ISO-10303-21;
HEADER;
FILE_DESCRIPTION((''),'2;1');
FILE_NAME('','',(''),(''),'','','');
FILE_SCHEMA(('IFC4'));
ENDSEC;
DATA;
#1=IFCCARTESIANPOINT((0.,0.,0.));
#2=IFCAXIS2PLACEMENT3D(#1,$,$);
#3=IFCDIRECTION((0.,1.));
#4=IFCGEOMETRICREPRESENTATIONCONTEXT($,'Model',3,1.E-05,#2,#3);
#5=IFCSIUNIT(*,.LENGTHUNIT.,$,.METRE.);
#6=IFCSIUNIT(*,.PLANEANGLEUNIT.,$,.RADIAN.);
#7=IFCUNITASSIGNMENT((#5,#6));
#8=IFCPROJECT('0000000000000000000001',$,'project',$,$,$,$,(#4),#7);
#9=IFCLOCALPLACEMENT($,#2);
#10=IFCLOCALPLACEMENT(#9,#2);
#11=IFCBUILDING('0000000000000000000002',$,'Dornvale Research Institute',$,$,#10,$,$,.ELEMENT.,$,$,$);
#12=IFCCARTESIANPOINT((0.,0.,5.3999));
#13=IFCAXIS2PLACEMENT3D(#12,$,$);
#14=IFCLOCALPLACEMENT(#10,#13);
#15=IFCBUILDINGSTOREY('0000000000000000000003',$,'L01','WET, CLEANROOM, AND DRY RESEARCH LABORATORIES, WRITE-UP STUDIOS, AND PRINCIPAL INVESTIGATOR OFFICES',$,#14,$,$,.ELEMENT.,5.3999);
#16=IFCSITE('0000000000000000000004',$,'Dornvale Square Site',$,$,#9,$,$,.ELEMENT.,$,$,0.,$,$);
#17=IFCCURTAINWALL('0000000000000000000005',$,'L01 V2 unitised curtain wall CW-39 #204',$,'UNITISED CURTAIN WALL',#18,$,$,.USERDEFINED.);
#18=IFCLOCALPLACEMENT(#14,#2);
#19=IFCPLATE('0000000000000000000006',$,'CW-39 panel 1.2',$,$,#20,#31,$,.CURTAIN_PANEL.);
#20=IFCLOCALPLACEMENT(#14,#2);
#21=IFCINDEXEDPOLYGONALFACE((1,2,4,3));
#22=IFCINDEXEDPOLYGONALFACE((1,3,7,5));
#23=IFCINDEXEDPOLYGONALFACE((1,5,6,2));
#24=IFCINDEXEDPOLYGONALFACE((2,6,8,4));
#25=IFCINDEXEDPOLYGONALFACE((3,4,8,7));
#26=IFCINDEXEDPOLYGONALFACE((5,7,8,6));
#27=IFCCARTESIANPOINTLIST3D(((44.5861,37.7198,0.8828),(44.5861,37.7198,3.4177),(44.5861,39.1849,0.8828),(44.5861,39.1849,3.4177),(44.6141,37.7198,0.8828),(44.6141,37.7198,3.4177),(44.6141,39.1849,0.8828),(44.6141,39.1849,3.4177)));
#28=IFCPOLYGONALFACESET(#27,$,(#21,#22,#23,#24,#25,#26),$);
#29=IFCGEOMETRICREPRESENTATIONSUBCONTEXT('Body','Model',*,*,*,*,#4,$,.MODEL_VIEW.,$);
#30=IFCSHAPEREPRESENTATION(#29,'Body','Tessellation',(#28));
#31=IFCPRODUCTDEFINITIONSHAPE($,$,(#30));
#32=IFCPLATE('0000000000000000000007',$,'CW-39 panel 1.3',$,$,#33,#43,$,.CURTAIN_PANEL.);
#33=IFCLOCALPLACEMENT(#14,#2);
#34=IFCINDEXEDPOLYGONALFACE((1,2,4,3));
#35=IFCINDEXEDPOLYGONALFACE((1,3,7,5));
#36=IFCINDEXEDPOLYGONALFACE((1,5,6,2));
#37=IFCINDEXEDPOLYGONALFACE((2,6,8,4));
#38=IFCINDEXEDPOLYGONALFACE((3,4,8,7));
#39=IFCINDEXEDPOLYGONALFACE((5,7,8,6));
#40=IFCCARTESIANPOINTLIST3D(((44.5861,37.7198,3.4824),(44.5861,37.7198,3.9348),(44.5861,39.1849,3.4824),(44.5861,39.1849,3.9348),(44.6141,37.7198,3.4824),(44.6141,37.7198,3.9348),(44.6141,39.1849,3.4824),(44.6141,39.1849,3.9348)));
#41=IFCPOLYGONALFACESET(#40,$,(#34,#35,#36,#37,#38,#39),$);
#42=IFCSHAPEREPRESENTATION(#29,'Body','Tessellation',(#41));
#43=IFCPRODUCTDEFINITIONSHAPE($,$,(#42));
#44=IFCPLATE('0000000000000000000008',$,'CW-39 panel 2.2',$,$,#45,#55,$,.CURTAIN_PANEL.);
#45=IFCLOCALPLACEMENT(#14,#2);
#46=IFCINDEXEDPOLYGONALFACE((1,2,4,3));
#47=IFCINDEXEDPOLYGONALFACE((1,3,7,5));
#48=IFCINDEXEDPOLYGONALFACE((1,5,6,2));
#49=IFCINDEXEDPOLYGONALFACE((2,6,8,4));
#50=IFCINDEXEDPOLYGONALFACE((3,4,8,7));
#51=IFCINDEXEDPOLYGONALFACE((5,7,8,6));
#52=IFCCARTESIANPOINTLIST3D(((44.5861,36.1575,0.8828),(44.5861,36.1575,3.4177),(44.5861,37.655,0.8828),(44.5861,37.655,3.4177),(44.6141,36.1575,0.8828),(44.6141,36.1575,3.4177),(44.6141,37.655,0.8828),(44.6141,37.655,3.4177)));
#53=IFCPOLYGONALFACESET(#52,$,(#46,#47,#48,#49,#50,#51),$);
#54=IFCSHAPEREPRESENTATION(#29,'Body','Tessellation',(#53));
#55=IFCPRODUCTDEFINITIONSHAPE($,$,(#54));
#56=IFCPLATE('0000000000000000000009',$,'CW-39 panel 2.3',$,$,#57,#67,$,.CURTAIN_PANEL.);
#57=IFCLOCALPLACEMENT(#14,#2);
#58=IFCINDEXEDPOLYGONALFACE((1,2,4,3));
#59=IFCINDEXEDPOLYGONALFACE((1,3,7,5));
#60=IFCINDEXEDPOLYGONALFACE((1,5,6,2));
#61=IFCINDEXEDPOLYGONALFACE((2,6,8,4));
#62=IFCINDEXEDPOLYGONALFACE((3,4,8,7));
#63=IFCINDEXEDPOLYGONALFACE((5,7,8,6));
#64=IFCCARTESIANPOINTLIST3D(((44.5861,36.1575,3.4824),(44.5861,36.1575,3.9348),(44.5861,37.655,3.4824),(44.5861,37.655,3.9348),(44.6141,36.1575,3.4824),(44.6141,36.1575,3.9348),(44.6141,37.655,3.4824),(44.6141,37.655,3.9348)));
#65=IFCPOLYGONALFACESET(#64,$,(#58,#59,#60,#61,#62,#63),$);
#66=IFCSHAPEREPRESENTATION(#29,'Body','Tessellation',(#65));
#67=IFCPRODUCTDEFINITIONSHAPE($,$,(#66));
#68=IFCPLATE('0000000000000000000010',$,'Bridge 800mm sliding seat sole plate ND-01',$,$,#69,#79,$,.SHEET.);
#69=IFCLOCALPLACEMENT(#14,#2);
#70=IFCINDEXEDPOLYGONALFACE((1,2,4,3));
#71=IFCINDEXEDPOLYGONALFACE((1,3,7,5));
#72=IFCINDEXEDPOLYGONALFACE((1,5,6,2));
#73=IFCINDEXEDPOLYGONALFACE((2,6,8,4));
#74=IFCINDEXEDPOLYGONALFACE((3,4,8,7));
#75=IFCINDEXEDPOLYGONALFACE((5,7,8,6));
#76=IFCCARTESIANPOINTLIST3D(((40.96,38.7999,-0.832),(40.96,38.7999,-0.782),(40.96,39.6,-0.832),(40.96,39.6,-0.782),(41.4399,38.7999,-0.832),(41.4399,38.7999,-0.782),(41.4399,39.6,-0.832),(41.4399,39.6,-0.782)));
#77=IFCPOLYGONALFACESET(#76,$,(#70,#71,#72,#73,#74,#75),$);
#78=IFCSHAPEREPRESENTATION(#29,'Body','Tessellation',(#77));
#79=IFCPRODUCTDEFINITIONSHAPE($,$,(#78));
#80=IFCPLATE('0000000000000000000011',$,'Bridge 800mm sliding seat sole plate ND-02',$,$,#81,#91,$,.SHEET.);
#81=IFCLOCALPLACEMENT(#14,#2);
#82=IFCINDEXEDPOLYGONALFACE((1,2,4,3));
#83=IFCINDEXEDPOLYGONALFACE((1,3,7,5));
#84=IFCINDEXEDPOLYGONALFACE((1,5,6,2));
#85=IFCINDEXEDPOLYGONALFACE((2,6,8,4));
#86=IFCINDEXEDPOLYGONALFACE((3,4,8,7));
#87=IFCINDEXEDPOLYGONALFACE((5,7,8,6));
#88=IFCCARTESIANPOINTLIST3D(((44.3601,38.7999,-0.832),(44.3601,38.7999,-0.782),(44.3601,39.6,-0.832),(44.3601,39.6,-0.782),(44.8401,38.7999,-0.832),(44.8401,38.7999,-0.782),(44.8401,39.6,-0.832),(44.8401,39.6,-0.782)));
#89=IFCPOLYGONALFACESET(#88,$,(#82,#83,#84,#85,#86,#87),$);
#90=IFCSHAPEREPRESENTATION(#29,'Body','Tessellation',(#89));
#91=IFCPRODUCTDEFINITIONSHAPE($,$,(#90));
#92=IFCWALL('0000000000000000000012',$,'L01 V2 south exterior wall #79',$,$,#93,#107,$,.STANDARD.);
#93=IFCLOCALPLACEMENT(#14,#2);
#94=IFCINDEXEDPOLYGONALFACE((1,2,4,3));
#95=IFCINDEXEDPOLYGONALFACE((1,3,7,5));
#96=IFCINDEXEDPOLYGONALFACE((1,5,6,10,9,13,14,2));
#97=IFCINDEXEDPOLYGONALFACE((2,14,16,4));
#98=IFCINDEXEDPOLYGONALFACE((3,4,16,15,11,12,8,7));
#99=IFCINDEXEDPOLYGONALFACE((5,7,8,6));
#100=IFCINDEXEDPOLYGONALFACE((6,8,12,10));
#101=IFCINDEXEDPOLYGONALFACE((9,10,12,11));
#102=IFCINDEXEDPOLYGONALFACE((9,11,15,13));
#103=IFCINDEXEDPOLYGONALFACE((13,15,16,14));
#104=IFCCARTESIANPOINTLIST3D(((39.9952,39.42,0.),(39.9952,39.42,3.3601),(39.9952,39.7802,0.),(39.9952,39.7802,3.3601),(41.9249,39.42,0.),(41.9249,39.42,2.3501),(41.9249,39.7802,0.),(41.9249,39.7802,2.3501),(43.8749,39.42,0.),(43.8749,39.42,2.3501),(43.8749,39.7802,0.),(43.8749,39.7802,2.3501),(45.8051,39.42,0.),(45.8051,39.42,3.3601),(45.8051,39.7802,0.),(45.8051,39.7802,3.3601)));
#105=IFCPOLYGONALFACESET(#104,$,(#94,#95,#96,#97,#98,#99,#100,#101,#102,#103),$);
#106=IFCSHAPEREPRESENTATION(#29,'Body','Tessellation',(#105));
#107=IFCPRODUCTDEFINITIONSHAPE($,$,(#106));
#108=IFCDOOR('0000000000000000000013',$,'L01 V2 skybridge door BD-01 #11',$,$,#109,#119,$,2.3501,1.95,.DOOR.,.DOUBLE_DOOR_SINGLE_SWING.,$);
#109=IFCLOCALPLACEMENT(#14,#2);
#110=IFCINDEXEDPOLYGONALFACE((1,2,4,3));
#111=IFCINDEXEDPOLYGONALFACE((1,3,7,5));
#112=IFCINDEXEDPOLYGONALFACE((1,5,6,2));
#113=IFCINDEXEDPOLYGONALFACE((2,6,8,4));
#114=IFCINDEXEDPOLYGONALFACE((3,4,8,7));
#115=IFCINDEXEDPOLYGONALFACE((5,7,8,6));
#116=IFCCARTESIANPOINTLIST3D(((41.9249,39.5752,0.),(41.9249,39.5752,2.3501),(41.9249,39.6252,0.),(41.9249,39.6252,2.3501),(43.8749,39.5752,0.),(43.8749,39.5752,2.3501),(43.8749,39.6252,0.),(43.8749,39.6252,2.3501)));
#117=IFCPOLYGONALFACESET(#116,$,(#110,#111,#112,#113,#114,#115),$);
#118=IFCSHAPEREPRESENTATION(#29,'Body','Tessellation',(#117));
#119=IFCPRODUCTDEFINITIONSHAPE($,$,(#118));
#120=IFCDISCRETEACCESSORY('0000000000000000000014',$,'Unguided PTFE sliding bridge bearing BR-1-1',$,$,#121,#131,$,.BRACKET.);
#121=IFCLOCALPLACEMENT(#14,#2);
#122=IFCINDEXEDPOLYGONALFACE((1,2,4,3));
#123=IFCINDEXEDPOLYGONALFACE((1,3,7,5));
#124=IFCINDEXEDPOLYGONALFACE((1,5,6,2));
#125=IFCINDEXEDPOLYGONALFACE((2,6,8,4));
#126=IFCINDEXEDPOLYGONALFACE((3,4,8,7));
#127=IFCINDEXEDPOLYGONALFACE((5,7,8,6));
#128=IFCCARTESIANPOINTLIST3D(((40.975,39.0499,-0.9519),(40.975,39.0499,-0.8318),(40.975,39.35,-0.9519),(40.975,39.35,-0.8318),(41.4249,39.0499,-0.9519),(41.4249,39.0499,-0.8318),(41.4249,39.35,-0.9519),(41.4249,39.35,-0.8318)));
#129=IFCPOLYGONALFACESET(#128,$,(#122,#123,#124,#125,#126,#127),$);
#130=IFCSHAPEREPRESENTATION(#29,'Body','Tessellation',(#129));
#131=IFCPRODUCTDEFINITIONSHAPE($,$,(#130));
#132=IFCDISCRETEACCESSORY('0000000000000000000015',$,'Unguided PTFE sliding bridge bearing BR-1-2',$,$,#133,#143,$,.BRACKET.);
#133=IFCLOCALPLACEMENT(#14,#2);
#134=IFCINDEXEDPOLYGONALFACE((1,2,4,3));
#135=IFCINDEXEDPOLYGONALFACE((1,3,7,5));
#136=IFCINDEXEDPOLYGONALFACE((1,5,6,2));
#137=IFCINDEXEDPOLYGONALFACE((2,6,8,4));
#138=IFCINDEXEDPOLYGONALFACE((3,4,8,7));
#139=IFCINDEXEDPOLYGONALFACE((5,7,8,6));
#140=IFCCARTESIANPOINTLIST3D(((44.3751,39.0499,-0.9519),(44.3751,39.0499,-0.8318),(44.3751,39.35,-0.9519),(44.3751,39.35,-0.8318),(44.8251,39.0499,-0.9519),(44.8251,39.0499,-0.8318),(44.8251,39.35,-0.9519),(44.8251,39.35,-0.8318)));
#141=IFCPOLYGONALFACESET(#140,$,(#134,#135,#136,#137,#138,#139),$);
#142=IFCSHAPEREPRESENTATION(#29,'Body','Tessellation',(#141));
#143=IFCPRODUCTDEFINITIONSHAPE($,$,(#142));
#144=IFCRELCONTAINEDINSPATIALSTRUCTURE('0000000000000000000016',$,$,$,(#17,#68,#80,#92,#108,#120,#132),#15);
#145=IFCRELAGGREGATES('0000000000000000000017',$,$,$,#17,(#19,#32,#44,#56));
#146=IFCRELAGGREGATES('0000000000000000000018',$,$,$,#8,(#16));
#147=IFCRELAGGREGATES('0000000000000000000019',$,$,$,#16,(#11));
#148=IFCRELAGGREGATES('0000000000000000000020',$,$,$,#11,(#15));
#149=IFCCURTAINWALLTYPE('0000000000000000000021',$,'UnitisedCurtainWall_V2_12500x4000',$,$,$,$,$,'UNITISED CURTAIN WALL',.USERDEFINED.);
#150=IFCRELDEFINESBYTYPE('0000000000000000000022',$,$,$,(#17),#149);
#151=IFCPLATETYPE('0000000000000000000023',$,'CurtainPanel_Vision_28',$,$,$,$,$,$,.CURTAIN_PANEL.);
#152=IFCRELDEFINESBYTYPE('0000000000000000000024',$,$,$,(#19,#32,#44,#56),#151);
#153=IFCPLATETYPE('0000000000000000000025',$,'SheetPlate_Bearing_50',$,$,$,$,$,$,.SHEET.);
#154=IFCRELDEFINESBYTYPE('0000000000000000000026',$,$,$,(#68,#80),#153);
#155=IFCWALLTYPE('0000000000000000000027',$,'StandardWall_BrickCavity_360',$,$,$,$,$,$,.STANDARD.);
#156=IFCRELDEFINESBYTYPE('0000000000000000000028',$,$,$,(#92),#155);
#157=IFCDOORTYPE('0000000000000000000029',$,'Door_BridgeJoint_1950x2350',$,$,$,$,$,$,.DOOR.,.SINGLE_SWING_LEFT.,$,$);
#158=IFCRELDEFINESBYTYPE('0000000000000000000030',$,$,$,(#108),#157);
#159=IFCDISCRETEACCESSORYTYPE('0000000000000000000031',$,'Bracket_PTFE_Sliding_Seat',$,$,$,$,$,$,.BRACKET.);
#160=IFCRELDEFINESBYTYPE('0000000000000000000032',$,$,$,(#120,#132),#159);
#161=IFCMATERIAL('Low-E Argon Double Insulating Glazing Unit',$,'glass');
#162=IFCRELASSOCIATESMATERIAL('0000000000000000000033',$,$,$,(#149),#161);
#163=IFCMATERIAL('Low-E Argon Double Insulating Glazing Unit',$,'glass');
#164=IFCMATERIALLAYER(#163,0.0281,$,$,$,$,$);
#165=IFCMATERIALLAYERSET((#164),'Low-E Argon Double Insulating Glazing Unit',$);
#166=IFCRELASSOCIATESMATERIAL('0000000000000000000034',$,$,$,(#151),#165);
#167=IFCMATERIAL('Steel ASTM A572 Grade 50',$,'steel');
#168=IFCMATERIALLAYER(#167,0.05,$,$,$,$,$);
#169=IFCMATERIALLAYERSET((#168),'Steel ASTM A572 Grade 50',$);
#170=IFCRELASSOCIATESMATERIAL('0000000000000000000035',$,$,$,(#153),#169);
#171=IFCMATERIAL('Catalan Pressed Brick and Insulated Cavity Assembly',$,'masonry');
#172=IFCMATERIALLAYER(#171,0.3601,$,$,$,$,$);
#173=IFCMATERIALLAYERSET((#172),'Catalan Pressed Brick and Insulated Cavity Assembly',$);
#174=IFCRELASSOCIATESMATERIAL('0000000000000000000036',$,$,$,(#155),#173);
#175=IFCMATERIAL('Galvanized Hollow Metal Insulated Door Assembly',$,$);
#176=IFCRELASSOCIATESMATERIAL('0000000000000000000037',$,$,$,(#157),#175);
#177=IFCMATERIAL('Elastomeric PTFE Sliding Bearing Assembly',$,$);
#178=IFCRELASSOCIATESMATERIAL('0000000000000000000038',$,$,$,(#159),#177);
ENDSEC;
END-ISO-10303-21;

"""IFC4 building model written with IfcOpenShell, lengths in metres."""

from ifc_helpers import new_model, si_unit, direction, frame, frame_2d, origin, origin_2d, place, context, subcontext, project, spatial, rectangle, extrude, material, layer, layer_set, type_object, element, fill, aggregate, save


model = new_model("IFC4")

# Units and contexts
model_context = context("Model", 3, precision=1e-05, world=origin(), true_north=direction((0.0, 1.0)))
body_context = subcontext(model_context, "Body", "Model", "MODEL_VIEW")
ifc_project = project(units=[si_unit("LENGTHUNIT", "METRE"), si_unit("PLANEANGLEUNIT", "RADIAN")], contexts=[model_context])

# Site, building, storey
site_placement = place(None, origin())
site = spatial("IfcSite", under=ifc_project, at=site_placement, Name="Dornvale Square Site", CompositionType="ELEMENT", RefElevation=0.0)
building_placement = place(site_placement, origin())
building = spatial("IfcBuilding", under=site, at=building_placement, Name="Dornvale Research Institute", CompositionType="ELEMENT")
storey_placement = place(building_placement, frame((0.0, 0.0, 5.3999)))
storey = spatial("IfcBuildingStorey", under=building, at=storey_placement, Name="L01", Description="WET, CLEANROOM, AND DRY RESEARCH LABORATORIES, WRITE-UP STUDIOS, AND PRINCIPAL INVESTIGATOR OFFICES", CompositionType="ELEMENT", Elevation=5.3999)

# Curtain wall
ifc_material_1 = material(Name="Low-E Argon Double Insulating Glazing Unit", Category="glass")
curtain_wall_type = type_object("IfcCurtainWallType", Name="UnitisedCurtainWall_V2_12500x4000", ElementType="UNITISED CURTAIN WALL", PredefinedType="USERDEFINED", material=ifc_material_1)
curtain_wall_1_placement = place(storey_placement, origin())
curtain_wall_1 = element("IfcCurtainWall", 1, at=curtain_wall_1_placement, inside=storey, type_object=curtain_wall_type, Name="L01 V2 unitised curtain wall CW-39 #204", ObjectType="UNITISED CURTAIN WALL", PredefinedType="USERDEFINED")

# Plates
ifc_material_2 = material(Name="Low-E Argon Double Insulating Glazing Unit", Category="glass")
ifc_layer_1 = layer(ifc_material_2, 0.0281)
ifc_layer_set_1 = layer_set([ifc_layer_1], Name="Low-E Argon Double Insulating Glazing Unit")
plate_type_1 = type_object("IfcPlateType", Name="CurtainPanel_Vision_28", PredefinedType="CURTAIN_PANEL", material=ifc_layer_set_1)
plate_1_placement = place(storey_placement, frame((44.6001, 38.4524, 0.8828), z_axis=(0.0, 0.0, 1.0), x_axis=(0.0, -1.0, 0.0)))
plate_1 = element("IfcPlate", 2, at=plate_1_placement, type_object=plate_type_1, Name="CW-39 panel 1.2", PredefinedType="CURTAIN_PANEL", context=body_context, shape_type="SweptSolid", body=[
    extrude(rectangle(XDim=1.4651, YDim=0.0281, at=origin_2d()), origin(), (0.0, 0.0, 1.0), 2.5349),
])
plate_2_placement = place(storey_placement, frame((44.6001, 38.4524, 3.4824), z_axis=(0.0, 0.0, 1.0), x_axis=(0.0, -1.0, 0.0)))
plate_2 = element("IfcPlate", 3, at=plate_2_placement, type_object=plate_type_1, Name="CW-39 panel 1.3", PredefinedType="CURTAIN_PANEL", context=body_context, shape_type="SweptSolid", body=[
    extrude(rectangle(XDim=1.4651, YDim=0.0281, at=origin_2d()), origin(), (0.0, 0.0, 1.0), 0.4524),
])
plate_3_placement = place(storey_placement, frame((44.6001, 36.9062, 0.8828), z_axis=(0.0, 0.0, 1.0), x_axis=(0.0, -1.0, 0.0)))
plate_3 = element("IfcPlate", 4, at=plate_3_placement, type_object=plate_type_1, Name="CW-39 panel 2.2", PredefinedType="CURTAIN_PANEL", context=body_context, shape_type="SweptSolid", body=[
    extrude(rectangle(XDim=1.4976, YDim=0.0281, at=origin_2d()), origin(), (0.0, 0.0, 1.0), 2.5349),
])
plate_4_placement = place(storey_placement, frame((44.6001, 36.9062, 3.4824), z_axis=(0.0, 0.0, 1.0), x_axis=(0.0, -1.0, 0.0)))
plate_4 = element("IfcPlate", 5, at=plate_4_placement, type_object=plate_type_1, Name="CW-39 panel 2.3", PredefinedType="CURTAIN_PANEL", context=body_context, shape_type="SweptSolid", body=[
    extrude(rectangle(XDim=1.4976, YDim=0.0281, at=origin_2d()), origin(), (0.0, 0.0, 1.0), 0.4524),
])
aggregate(curtain_wall_1, [plate_1, plate_2, plate_3, plate_4])

# Plates
ifc_material_3 = material(Name="Steel ASTM A572 Grade 50", Category="steel")
ifc_layer_2 = layer(ifc_material_3, 0.05)
ifc_layer_set_2 = layer_set([ifc_layer_2], Name="Steel ASTM A572 Grade 50")
plate_type_2 = type_object("IfcPlateType", Name="SheetPlate_Bearing_50", PredefinedType="SHEET", material=ifc_layer_set_2)
for number, where, z_axis, x_axis, name in (
    (6, (41.2, 39.2, -0.832), (0.0, 0.0, 1.0), (1.0, 0.0, 0.0), "Bridge 800mm sliding seat sole plate ND-01"),
    (7, (44.6001, 39.2, -0.832), (0.0, 0.0, 1.0), (1.0, 0.0, 0.0), "Bridge 800mm sliding seat sole plate ND-02"),
):
    element("IfcPlate", number, at=place(storey_placement, frame(where, z_axis=z_axis, x_axis=x_axis)), inside=storey, type_object=plate_type_2, Name=name, PredefinedType="SHEET", context=body_context, shape_type="SweptSolid", body=[
        extrude(rectangle(XDim=0.48, YDim=0.8, at=origin_2d()), origin(), (0.0, 0.0, 1.0), 0.05),
    ])

# Wall, opening, door
ifc_material_4 = material(Name="Catalan Pressed Brick and Insulated Cavity Assembly", Category="masonry")
ifc_layer_3 = layer(ifc_material_4, 0.3601)
ifc_layer_set_3 = layer_set([ifc_layer_3], Name="Catalan Pressed Brick and Insulated Cavity Assembly")
wall_type = type_object("IfcWallType", Name="StandardWall_BrickCavity_360", PredefinedType="STANDARD", material=ifc_layer_set_3)
wall_placement = place(storey_placement, frame((45.8049, 39.6001, 0.0), z_axis=(0.0, 0.0, 1.0), x_axis=(-1.0, 0.0, 0.0)))
wall = element("IfcWall", 8, at=wall_placement, inside=storey, type_object=wall_type, Name="L01 V2 south exterior wall #79", PredefinedType="STANDARD", context=body_context, shape_type="SweptSolid", body=[
    extrude(rectangle(XDim=5.8098, YDim=0.3601, at=frame_2d((2.9048, 0.0))), origin(), (0.0, 0.0, 1.0), 3.3601),
])
opening_placement = place(wall_placement, frame((1.9299, 0.0, 0.0)))
opening = element("IfcOpeningElement", 9, at=opening_placement, cuts=wall, PredefinedType="OPENING", context=body_context, shape_type="SweptSolid", body=[
    extrude(rectangle(XDim=1.95, YDim=2.3501, at=frame_2d((0.9751, 1.175))), frame((0.0, 0.1951, 0.0), z_axis=(0.0, -1.0, 0.0), x_axis=(1.0, 0.0, 0.0)), (0.0, 0.0, 1.0), 0.3901),
])
ifc_material_5 = material(Name="Galvanized Hollow Metal Insulated Door Assembly")
door_type = type_object("IfcDoorType", Name="Door_BridgeJoint_1950x2350", OperationType="SINGLE_SWING_LEFT", PredefinedType="DOOR", material=ifc_material_5)
door_placement = place(opening_placement, origin())
door = element("IfcDoor", 10, at=door_placement, inside=storey, type_object=door_type, Name="L01 V2 skybridge door BD-01 #11", OperationType="DOUBLE_DOOR_SINGLE_SWING", OverallHeight=2.3501, OverallWidth=1.95, PredefinedType="DOOR", context=body_context, shape_type="SweptSolid", body=[
    extrude(rectangle(XDim=1.95, YDim=2.3501, at=frame_2d((0.9751, 1.175))), frame((0.0, 0.0249, 0.0), z_axis=(0.0, -1.0, 0.0), x_axis=(1.0, 0.0, 0.0)), (0.0, 0.0, 1.0), 0.05),
])
fill(opening, door)

# Discrete accessories
ifc_material_6 = material(Name="Elastomeric PTFE Sliding Bearing Assembly")
discrete_accessory_type = type_object("IfcDiscreteAccessoryType", Name="Bracket_PTFE_Sliding_Seat", PredefinedType="BRACKET", material=ifc_material_6)
for number, where, z_axis, x_axis, name in (
    (11, (41.2, 39.2, -0.9519), (0.0, 0.0, 1.0), (1.0, 0.0, 0.0), "Unguided PTFE sliding bridge bearing BR-1-1"),
    (12, (44.6001, 39.2, -0.9519), (0.0, 0.0, 1.0), (1.0, 0.0, 0.0), "Unguided PTFE sliding bridge bearing BR-1-2"),
):
    element("IfcDiscreteAccessory", number, at=place(storey_placement, frame(where, z_axis=z_axis, x_axis=x_axis)), inside=storey, type_object=discrete_accessory_type, Name=name, PredefinedType="BRACKET", context=body_context, shape_type="SweptSolid", body=[
        extrude(rectangle(XDim=0.45, YDim=0.3, at=origin_2d()), origin(), (0.0, 0.0, 1.0), 0.1201),
    ])

save(model, "model.ifc")
